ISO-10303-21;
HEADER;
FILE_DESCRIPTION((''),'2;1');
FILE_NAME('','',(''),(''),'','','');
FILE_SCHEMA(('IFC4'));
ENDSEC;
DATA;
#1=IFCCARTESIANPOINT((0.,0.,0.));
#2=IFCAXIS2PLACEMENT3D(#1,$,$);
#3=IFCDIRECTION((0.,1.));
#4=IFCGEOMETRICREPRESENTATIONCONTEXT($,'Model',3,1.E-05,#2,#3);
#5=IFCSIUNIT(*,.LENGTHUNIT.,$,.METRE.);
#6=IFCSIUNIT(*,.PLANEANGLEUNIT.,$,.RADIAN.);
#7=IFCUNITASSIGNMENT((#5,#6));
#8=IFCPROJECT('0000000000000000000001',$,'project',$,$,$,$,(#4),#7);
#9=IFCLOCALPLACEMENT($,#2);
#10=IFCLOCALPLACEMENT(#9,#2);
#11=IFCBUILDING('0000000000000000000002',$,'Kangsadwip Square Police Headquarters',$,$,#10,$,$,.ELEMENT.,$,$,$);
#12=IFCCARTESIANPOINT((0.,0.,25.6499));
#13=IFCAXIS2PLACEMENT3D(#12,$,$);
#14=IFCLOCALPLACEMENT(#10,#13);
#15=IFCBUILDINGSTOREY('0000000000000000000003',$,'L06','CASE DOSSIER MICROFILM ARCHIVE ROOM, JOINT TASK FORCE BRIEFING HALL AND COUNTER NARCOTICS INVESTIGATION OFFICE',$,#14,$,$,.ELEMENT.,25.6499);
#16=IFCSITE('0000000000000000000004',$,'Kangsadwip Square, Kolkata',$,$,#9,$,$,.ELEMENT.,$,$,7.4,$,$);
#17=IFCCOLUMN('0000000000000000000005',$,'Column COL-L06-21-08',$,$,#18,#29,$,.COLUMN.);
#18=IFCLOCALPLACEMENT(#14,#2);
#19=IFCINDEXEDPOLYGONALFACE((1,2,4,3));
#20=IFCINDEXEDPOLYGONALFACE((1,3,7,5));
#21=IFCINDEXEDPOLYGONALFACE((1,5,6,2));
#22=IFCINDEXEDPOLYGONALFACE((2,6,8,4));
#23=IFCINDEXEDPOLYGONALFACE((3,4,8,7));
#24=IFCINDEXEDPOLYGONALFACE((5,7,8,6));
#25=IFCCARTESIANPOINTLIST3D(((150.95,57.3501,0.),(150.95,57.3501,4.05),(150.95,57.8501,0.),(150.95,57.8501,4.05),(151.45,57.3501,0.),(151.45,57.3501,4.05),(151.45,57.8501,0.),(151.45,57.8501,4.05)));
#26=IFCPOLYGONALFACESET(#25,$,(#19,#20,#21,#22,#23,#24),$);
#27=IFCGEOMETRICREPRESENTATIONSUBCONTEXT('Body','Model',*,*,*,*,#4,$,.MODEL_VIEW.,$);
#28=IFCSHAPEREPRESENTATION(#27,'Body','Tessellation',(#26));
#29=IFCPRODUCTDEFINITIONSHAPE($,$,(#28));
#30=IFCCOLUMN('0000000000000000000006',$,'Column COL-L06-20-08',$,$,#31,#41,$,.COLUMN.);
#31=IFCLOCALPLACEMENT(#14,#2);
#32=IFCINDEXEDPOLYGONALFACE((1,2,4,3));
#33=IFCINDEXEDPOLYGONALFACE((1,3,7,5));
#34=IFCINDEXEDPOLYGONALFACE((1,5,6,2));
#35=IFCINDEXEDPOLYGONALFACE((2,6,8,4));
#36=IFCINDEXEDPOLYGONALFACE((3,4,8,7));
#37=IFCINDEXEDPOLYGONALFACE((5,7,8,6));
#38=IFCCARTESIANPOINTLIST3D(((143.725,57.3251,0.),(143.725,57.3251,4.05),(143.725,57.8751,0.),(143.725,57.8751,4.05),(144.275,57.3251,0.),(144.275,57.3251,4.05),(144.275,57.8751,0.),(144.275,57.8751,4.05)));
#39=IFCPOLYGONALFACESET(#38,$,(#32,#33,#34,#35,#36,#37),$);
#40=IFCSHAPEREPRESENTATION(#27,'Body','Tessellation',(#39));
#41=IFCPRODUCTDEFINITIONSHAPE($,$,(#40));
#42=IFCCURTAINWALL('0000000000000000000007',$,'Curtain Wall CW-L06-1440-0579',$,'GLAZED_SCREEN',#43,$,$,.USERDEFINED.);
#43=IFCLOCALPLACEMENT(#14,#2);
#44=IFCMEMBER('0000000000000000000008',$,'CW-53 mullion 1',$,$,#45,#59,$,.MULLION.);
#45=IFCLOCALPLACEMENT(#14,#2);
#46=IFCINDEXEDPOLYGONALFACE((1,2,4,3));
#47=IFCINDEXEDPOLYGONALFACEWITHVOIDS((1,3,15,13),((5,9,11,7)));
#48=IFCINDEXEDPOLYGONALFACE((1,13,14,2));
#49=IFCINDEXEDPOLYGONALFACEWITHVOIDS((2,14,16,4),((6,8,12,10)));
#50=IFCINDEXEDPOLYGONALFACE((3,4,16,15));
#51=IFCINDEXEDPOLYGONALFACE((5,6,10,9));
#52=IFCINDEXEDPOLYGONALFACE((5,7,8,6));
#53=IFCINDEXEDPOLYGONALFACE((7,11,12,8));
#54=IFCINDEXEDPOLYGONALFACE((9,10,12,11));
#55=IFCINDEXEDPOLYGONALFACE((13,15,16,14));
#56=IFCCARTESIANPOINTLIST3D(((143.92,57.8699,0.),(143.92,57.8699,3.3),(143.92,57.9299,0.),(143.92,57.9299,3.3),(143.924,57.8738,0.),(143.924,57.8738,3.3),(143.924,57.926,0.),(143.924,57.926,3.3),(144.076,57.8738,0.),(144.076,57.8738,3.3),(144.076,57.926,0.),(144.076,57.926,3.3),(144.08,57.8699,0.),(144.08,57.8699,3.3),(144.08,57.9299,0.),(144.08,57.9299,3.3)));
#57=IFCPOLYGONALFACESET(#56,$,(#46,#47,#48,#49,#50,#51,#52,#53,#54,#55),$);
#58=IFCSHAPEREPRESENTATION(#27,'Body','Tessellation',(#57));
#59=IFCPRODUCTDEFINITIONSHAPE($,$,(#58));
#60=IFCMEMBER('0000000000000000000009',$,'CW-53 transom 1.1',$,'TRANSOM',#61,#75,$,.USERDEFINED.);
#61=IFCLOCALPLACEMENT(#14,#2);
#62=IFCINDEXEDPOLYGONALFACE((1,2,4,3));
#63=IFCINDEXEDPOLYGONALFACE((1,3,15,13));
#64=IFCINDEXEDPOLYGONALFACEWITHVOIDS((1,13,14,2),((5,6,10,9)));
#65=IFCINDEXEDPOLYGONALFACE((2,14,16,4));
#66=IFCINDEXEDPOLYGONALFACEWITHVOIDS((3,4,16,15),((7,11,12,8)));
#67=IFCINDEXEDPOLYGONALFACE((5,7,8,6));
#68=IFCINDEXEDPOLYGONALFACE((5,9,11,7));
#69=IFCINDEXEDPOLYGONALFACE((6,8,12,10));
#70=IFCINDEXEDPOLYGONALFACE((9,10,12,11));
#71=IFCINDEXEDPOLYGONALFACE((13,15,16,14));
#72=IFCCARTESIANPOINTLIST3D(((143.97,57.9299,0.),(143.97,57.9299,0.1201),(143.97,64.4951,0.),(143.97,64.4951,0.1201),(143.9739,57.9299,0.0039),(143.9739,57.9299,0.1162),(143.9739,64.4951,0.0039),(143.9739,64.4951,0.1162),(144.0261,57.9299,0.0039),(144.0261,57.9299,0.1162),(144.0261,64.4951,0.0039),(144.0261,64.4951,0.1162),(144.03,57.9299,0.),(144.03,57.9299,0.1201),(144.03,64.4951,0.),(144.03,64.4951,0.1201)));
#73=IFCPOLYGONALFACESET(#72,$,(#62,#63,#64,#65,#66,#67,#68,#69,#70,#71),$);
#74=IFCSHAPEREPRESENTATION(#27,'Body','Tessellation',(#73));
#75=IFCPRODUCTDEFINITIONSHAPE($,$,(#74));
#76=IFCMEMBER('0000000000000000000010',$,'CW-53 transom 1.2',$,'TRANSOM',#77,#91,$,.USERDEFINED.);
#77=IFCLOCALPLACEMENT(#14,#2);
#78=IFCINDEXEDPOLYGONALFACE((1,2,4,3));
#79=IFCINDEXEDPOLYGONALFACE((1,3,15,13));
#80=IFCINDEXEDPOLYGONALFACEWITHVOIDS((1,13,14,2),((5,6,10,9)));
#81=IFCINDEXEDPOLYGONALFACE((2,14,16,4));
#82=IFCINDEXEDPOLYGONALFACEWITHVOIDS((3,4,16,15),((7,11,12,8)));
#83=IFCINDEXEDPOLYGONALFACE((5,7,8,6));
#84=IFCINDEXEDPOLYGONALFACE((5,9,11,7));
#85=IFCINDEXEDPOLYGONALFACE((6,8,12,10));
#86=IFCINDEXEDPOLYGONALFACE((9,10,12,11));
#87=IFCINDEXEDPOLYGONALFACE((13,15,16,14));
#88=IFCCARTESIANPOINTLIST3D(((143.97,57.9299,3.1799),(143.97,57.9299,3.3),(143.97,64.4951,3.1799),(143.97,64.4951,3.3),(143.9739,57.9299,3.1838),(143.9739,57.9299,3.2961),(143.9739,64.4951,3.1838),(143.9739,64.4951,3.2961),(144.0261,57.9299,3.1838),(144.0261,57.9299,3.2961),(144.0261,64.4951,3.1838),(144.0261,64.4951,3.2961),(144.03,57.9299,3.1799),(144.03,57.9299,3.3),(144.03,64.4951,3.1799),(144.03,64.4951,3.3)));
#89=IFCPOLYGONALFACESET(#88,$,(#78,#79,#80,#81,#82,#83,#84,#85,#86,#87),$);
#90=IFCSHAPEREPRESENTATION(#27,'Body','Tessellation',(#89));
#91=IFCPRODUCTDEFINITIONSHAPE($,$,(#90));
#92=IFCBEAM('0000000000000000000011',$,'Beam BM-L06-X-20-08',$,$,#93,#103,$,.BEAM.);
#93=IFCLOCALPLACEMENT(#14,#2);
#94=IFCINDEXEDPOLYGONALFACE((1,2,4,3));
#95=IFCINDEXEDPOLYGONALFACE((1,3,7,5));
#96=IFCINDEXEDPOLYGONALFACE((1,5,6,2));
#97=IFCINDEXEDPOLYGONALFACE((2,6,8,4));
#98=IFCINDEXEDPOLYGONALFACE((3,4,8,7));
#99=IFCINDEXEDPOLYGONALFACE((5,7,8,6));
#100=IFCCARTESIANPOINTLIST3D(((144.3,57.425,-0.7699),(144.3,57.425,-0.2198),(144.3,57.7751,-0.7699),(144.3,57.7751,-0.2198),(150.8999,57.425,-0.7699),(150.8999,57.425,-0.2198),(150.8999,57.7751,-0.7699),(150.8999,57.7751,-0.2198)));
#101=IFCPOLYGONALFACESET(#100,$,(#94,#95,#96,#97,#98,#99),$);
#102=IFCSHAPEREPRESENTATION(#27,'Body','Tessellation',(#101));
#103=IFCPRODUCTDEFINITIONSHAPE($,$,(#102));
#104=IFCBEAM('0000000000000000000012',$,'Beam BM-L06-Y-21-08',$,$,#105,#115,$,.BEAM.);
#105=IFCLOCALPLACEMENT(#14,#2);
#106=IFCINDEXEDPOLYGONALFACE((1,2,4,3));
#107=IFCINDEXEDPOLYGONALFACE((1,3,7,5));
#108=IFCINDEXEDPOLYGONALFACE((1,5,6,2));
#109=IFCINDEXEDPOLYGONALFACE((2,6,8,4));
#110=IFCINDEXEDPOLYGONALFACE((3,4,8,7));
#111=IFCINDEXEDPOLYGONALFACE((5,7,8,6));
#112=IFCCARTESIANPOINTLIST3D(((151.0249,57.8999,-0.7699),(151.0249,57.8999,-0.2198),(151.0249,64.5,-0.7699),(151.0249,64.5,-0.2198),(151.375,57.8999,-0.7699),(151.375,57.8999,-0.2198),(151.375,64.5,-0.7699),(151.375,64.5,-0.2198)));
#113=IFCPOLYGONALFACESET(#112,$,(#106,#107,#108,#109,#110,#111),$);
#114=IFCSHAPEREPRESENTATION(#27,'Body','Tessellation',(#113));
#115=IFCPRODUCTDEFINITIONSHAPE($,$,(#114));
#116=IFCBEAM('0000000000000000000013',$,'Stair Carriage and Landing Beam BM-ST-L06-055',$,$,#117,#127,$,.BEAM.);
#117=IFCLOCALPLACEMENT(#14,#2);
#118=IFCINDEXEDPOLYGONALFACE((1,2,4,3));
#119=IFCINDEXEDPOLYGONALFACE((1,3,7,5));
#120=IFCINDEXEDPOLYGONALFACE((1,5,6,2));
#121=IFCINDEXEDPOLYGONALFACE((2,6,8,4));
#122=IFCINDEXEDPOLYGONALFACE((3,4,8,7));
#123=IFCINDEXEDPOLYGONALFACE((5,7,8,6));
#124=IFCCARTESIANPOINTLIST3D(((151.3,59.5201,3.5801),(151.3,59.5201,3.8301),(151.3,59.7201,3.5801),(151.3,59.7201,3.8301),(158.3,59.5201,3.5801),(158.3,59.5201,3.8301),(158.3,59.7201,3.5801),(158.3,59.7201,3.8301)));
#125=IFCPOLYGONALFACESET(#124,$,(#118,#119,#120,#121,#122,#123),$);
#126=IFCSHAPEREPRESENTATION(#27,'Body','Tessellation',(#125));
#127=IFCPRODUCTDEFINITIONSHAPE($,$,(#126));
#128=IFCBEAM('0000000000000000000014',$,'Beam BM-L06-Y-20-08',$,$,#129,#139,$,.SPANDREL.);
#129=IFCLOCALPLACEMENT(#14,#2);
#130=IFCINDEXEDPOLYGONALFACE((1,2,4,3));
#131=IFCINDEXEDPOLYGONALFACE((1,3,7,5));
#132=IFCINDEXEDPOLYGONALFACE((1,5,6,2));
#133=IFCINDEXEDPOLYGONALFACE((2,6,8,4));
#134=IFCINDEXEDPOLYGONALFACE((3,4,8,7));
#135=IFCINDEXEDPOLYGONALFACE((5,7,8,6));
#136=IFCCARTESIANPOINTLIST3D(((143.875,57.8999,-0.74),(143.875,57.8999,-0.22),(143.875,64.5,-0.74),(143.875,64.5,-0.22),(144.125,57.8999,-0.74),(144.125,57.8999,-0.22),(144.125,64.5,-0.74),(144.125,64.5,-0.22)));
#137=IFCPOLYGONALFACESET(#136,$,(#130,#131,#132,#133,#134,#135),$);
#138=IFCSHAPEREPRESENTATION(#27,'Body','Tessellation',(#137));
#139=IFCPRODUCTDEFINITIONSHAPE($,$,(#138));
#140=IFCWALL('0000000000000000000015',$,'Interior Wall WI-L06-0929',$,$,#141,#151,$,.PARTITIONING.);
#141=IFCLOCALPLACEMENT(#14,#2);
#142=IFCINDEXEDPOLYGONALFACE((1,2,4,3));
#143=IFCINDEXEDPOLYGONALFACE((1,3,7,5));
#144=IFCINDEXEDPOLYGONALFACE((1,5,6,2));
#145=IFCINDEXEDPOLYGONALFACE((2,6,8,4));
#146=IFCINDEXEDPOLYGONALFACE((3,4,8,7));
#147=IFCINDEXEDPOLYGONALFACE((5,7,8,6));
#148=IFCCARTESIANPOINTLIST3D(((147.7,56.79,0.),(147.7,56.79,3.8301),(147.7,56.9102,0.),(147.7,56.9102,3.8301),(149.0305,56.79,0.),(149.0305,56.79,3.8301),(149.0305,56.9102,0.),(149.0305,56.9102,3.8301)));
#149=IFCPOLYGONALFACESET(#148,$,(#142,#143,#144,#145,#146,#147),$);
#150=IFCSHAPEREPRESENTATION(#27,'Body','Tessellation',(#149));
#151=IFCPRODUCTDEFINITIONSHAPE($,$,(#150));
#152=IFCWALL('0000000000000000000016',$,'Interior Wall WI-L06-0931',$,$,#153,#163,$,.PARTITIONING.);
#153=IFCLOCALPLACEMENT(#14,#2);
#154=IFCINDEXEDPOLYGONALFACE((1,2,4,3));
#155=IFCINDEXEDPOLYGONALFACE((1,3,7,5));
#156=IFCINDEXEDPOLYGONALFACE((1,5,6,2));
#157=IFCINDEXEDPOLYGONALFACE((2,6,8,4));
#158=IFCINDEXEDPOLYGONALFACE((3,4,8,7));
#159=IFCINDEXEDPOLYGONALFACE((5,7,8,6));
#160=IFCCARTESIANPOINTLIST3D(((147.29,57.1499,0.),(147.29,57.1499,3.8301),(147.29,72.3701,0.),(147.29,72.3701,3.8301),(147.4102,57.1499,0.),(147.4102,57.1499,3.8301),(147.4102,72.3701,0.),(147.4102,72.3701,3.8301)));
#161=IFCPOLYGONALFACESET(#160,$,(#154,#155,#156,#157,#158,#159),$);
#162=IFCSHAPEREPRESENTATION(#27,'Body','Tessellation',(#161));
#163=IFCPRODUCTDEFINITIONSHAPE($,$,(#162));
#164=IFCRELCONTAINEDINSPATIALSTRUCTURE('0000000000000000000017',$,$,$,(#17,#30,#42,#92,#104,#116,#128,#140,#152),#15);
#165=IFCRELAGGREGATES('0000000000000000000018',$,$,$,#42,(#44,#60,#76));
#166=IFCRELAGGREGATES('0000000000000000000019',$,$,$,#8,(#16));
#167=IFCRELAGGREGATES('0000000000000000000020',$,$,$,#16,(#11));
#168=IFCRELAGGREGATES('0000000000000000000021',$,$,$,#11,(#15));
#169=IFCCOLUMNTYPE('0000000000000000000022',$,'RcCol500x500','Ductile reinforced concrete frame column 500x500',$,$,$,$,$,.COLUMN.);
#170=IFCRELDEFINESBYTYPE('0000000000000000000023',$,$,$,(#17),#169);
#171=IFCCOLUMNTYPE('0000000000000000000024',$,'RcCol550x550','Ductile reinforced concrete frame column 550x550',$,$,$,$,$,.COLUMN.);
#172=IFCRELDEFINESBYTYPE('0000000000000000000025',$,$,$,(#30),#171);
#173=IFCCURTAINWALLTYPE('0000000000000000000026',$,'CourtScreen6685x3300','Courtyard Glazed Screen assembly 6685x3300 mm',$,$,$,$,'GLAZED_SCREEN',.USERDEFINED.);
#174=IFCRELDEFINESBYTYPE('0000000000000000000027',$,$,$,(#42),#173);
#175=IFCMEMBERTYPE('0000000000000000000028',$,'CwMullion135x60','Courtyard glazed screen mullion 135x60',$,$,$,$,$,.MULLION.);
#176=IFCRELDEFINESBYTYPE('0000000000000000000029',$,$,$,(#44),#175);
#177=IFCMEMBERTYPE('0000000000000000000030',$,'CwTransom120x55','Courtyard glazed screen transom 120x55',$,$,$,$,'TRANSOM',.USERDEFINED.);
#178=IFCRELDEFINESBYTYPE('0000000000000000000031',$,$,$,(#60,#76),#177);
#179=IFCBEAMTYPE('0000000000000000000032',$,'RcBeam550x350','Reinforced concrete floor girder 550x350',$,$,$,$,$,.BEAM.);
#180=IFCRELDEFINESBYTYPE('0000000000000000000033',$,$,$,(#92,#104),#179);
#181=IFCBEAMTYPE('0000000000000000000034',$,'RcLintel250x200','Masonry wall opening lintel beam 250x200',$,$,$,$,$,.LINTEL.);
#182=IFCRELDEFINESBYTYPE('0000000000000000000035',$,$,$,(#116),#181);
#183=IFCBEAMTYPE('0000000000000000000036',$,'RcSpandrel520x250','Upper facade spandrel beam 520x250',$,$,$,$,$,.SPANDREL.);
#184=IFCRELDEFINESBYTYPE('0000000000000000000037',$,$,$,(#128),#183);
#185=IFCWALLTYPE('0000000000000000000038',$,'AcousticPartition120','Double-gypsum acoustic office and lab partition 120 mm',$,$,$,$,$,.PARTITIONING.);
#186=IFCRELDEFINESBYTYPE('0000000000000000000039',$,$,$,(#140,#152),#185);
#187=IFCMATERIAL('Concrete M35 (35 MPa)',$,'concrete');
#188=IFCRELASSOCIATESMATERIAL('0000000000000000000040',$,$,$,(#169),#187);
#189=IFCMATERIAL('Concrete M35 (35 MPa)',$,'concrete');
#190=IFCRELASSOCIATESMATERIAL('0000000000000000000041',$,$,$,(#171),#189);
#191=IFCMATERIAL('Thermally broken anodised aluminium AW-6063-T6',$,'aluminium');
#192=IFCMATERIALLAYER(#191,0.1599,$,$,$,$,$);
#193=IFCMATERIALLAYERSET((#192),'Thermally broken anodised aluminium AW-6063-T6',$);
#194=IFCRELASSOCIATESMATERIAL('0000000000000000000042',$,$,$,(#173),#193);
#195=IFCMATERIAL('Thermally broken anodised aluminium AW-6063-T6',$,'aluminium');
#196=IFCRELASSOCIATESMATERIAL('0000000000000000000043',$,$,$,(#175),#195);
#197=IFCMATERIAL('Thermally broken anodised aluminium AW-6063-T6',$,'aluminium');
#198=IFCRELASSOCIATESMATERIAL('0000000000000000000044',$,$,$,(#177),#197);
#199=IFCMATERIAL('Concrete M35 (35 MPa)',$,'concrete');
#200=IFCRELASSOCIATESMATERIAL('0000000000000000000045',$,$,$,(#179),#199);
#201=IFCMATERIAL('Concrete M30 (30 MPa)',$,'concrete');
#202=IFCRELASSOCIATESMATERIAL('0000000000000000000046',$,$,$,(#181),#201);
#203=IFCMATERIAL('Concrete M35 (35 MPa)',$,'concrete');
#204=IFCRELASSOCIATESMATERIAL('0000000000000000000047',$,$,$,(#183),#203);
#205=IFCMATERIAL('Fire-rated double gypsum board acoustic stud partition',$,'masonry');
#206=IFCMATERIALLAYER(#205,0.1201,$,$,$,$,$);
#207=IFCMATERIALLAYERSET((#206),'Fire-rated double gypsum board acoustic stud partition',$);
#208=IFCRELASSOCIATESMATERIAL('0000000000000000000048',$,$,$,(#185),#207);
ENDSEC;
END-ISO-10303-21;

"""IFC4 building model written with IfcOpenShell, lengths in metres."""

from ifc_helpers import new_model, si_unit, direction, frame, frame_2d, origin, origin_2d, place, context, subcontext, project, spatial, rectangle, hollow_rectangle, extrude, material, layer, layer_set, material_profile, profile_set, type_object, element, aggregate, save


model = new_model("IFC4")

# Units and contexts
model_context = context("Model", 3, precision=1e-05, world=origin(), true_north=direction((0.0, 1.0)))
body_context = subcontext(model_context, "Body", "Model", "MODEL_VIEW")
ifc_project = project(units=[si_unit("LENGTHUNIT", "METRE"), si_unit("PLANEANGLEUNIT", "RADIAN")], contexts=[model_context])

# Site, building, storey
site_placement = place(None, origin())
site = spatial("IfcSite", under=ifc_project, at=site_placement, Name="Kangsadwip Square, Kolkata", CompositionType="ELEMENT", RefElevation=7.4)
building_placement = place(site_placement, origin())
building = spatial("IfcBuilding", under=site, at=building_placement, Name="Kangsadwip Square Police Headquarters", CompositionType="ELEMENT")
storey_placement = place(building_placement, frame((0.0, 0.0, 25.6499)))
storey = spatial("IfcBuildingStorey", under=building, at=storey_placement, Name="L06", Description="CASE DOSSIER MICROFILM ARCHIVE ROOM, JOINT TASK FORCE BRIEFING HALL AND COUNTER NARCOTICS INVESTIGATION OFFICE", CompositionType="ELEMENT", Elevation=25.6499)

# Columns
ifc_material_1 = material(Name="Concrete M35 (35 MPa)", Category="concrete")
ifc_material_profile_1 = material_profile(ifc_material_1, rectangle(XDim=0.5, YDim=0.5, at=origin_2d()), Name="RC COL 500X500")
ifc_profile_set_1 = profile_set([ifc_material_profile_1], Name="Concrete M35 (35 MPa)")
column_type_1 = type_object("IfcColumnType", Name="RcCol500x500", Description="Ductile reinforced concrete frame column 500x500", PredefinedType="COLUMN", material=ifc_profile_set_1)
column_1_placement = place(storey_placement, frame((151.2, 57.6001, 0.0), z_axis=(0.0, 0.0, 1.0), x_axis=(1.0, 0.0, 0.0)))
element("IfcColumn", 1, at=column_1_placement, inside=storey, type_object=column_type_1, Name="Column COL-L06-21-08", PredefinedType="COLUMN", context=body_context, shape_type="SweptSolid", body=[
    extrude(rectangle(XDim=0.5, YDim=0.5, at=origin_2d()), origin(), (0.0, 0.0, 1.0), 4.05),
])
ifc_material_2 = material(Name="Concrete M35 (35 MPa)", Category="concrete")
ifc_material_profile_2 = material_profile(ifc_material_2, rectangle(XDim=0.55, YDim=0.55, at=origin_2d()), Name="RC COL 550X550")
ifc_profile_set_2 = profile_set([ifc_material_profile_2], Name="Concrete M35 (35 MPa)")
column_type_2 = type_object("IfcColumnType", Name="RcCol550x550", Description="Ductile reinforced concrete frame column 550x550", PredefinedType="COLUMN", material=ifc_profile_set_2)
column_2_placement = place(storey_placement, frame((144.0, 57.6001, 0.0), z_axis=(0.0, 0.0, 1.0), x_axis=(1.0, 0.0, 0.0)))
element("IfcColumn", 2, at=column_2_placement, inside=storey, type_object=column_type_2, Name="Column COL-L06-20-08", PredefinedType="COLUMN", context=body_context, shape_type="SweptSolid", body=[
    extrude(rectangle(XDim=0.55, YDim=0.55, at=origin_2d()), origin(), (0.0, 0.0, 1.0), 4.05),
])

# Curtain wall, members
ifc_material_3 = material(Name="Thermally broken anodised aluminium AW-6063-T6", Category="aluminium")
ifc_layer_1 = layer(ifc_material_3, 0.1599)
ifc_layer_set_1 = layer_set([ifc_layer_1], Name="Thermally broken anodised aluminium AW-6063-T6")
curtain_wall_type = type_object("IfcCurtainWallType", Name="CourtScreen6685x3300", Description="Courtyard Glazed Screen assembly 6685x3300 mm", ElementType="GLAZED_SCREEN", PredefinedType="USERDEFINED", material=ifc_layer_set_1)
curtain_wall_placement = place(storey_placement, origin())
curtain_wall = element("IfcCurtainWall", 3, at=curtain_wall_placement, inside=storey, type_object=curtain_wall_type, Name="Curtain Wall CW-L06-1440-0579", ObjectType="GLAZED_SCREEN", PredefinedType="USERDEFINED")
ifc_material_4 = material(Name="Thermally broken anodised aluminium AW-6063-T6", Category="aluminium")
ifc_material_profile_3 = material_profile(ifc_material_4, hollow_rectangle(XDim=0.0601, YDim=0.1599, WallThickness=0.0039, at=origin_2d()), Name="CWM 160X60X4")
ifc_profile_set_3 = profile_set([ifc_material_profile_3], Name="Thermally broken anodised aluminium AW-6063-T6")
member_type_1 = type_object("IfcMemberType", Name="CwMullion135x60", Description="Courtyard glazed screen mullion 135x60", PredefinedType="MULLION", material=ifc_profile_set_3)
member_1_placement = place(storey_placement, frame((144.0, 57.8999, 0.0), z_axis=(0.0, 0.0, 1.0), x_axis=(0.0, 1.0, 0.0)))
member_1 = element("IfcMember", 4, at=member_1_placement, type_object=member_type_1, Name="CW-53 mullion 1", PredefinedType="MULLION", context=body_context, shape_type="SweptSolid", body=[
    extrude(hollow_rectangle(XDim=0.0601, YDim=0.1599, WallThickness=0.0039, at=origin_2d()), origin(), (0.0, 0.0, 1.0), 3.3),
])
ifc_material_5 = material(Name="Thermally broken anodised aluminium AW-6063-T6", Category="aluminium")
ifc_material_profile_4 = material_profile(ifc_material_5, hollow_rectangle(XDim=0.0601, YDim=0.1201, WallThickness=0.0039, at=origin_2d()), Name="CWT 120X60X4")
ifc_profile_set_4 = profile_set([ifc_material_profile_4], Name="Thermally broken anodised aluminium AW-6063-T6")
member_type_2 = type_object("IfcMemberType", Name="CwTransom120x55", Description="Courtyard glazed screen transom 120x55", ElementType="TRANSOM", PredefinedType="USERDEFINED", material=ifc_profile_set_4)
member_2_placement = place(storey_placement, frame((144.0, 57.9299, 0.0601), z_axis=(0.0, 1.0, 0.0), x_axis=(-1.0, 0.0, 0.0)))
member_2 = element("IfcMember", 5, at=member_2_placement, type_object=member_type_2, Name="CW-53 transom 1.1", ObjectType="TRANSOM", PredefinedType="USERDEFINED", context=body_context, shape_type="SweptSolid", body=[
    extrude(hollow_rectangle(XDim=0.0601, YDim=0.1201, WallThickness=0.0039, at=origin_2d()), origin(), (0.0, 0.0, 1.0), 6.5652),
])
member_3_placement = place(storey_placement, frame((144.0, 57.9299, 3.24), z_axis=(0.0, 1.0, 0.0), x_axis=(-1.0, 0.0, 0.0)))
member_3 = element("IfcMember", 6, at=member_3_placement, type_object=member_type_2, Name="CW-53 transom 1.2", ObjectType="TRANSOM", PredefinedType="USERDEFINED", context=body_context, shape_type="SweptSolid", body=[
    extrude(hollow_rectangle(XDim=0.0601, YDim=0.1201, WallThickness=0.0039, at=origin_2d()), origin(), (0.0, 0.0, 1.0), 6.5652),
])
aggregate(curtain_wall, [member_1, member_2, member_3])

# Beams
ifc_material_6 = material(Name="Concrete M35 (35 MPa)", Category="concrete")
ifc_material_profile_5 = material_profile(ifc_material_6, rectangle(XDim=0.3501, YDim=0.55, at=origin_2d()), Name="RC BM 550X350")
ifc_profile_set_5 = profile_set([ifc_material_profile_5], Name="Concrete M35 (35 MPa)")
beam_type_1 = type_object("IfcBeamType", Name="RcBeam550x350", Description="Reinforced concrete floor girder 550x350", PredefinedType="BEAM", material=ifc_profile_set_5)
beam_1_placement = place(storey_placement, frame((144.3, 57.6001, -0.4949), z_axis=(1.0, 0.0, 0.0), x_axis=(0.0, 1.0, 0.0)))
element("IfcBeam", 7, at=beam_1_placement, inside=storey, type_object=beam_type_1, Name="Beam BM-L06-X-20-08", PredefinedType="BEAM", context=body_context, shape_type="SweptSolid", body=[
    extrude(rectangle(XDim=0.3501, YDim=0.55, at=origin_2d()), origin(), (0.0, 0.0, 1.0), 6.5999),
])
beam_2_placement = place(storey_placement, frame((151.2, 57.8999, -0.4949), z_axis=(0.0, 1.0, 0.0), x_axis=(-1.0, 0.0, 0.0)))
element("IfcBeam", 8, at=beam_2_placement, inside=storey, type_object=beam_type_1, Name="Beam BM-L06-Y-21-08", PredefinedType="BEAM", context=body_context, shape_type="SweptSolid", body=[
    extrude(rectangle(XDim=0.3501, YDim=0.55, at=origin_2d()), origin(), (0.0, 0.0, 1.0), 6.6001),
])
ifc_material_7 = material(Name="Concrete M30 (30 MPa)", Category="concrete")
ifc_material_profile_6 = material_profile(ifc_material_7, rectangle(XDim=0.2, YDim=0.25, at=origin_2d()), Name="RC LNT 250X200")
ifc_profile_set_6 = profile_set([ifc_material_profile_6], Name="Concrete M30 (30 MPa)")
beam_type_2 = type_object("IfcBeamType", Name="RcLintel250x200", Description="Masonry wall opening lintel beam 250x200", PredefinedType="LINTEL", material=ifc_profile_set_6)
beam_3_placement = place(storey_placement, frame((151.3, 59.6201, 3.7051), z_axis=(1.0, 0.0, 0.0), x_axis=(0.0, 1.0, 0.0)))
element("IfcBeam", 9, at=beam_3_placement, inside=storey, type_object=beam_type_2, Name="Stair Carriage and Landing Beam BM-ST-L06-055", PredefinedType="BEAM", context=body_context, shape_type="SweptSolid", body=[
    extrude(rectangle(XDim=0.2, YDim=0.25, at=origin_2d()), origin(), (0.0, 0.0, 1.0), 7.0),
])
ifc_material_8 = material(Name="Concrete M35 (35 MPa)", Category="concrete")
ifc_material_profile_7 = material_profile(ifc_material_8, rectangle(XDim=0.25, YDim=0.52, at=origin_2d()), Name="RC SPN 520X250")
ifc_profile_set_7 = profile_set([ifc_material_profile_7], Name="Concrete M35 (35 MPa)")
beam_type_3 = type_object("IfcBeamType", Name="RcSpandrel520x250", Description="Upper facade spandrel beam 520x250", PredefinedType="SPANDREL", material=ifc_profile_set_7)
beam_4_placement = place(storey_placement, frame((144.0, 57.8999, -0.48), z_axis=(0.0, 1.0, 0.0), x_axis=(-1.0, 0.0, 0.0)))
element("IfcBeam", 10, at=beam_4_placement, inside=storey, type_object=beam_type_3, Name="Beam BM-L06-Y-20-08", PredefinedType="SPANDREL", context=body_context, shape_type="SweptSolid", body=[
    extrude(rectangle(XDim=0.25, YDim=0.52, at=origin_2d()), origin(), (0.0, 0.0, 1.0), 6.6001),
])

# Walls
ifc_material_9 = material(Name="Fire-rated double gypsum board acoustic stud partition", Category="masonry")
ifc_layer_2 = layer(ifc_material_9, 0.1201)
ifc_layer_set_2 = layer_set([ifc_layer_2], Name="Fire-rated double gypsum board acoustic stud partition")
wall_type_1 = type_object("IfcWallType", Name="AcousticPartition120", Description="Double-gypsum acoustic office and lab partition 120 mm", PredefinedType="PARTITIONING", material=ifc_layer_set_2)
wall_1_placement = place(storey_placement, frame((147.7, 56.8501, 0.0), z_axis=(0.0, 0.0, 1.0), x_axis=(1.0, 0.0, 0.0)))
element("IfcWall", 11, at=wall_1_placement, inside=storey, type_object=wall_type_1, Name="Interior Wall WI-L06-0929", PredefinedType="PARTITIONING", context=body_context, shape_type="SweptSolid", body=[
    extrude(rectangle(XDim=1.3306, YDim=0.1201, at=frame_2d((0.6653, 0.0))), origin(), (0.0, 0.0, 1.0), 3.8301),
])
wall_2_placement = place(storey_placement, frame((147.3501, 57.1499, 0.0), z_axis=(0.0, 0.0, 1.0), x_axis=(0.0, 1.0, 0.0)))
element("IfcWall", 12, at=wall_2_placement, inside=storey, type_object=wall_type_1, Name="Interior Wall WI-L06-0931", PredefinedType="PARTITIONING", context=body_context, shape_type="SweptSolid", body=[
    extrude(rectangle(XDim=15.2202, YDim=0.1201, at=frame_2d((7.6101, 0.0))), origin(), (0.0, 0.0, 1.0), 3.8301),
])

save(model, "model.ifc")
